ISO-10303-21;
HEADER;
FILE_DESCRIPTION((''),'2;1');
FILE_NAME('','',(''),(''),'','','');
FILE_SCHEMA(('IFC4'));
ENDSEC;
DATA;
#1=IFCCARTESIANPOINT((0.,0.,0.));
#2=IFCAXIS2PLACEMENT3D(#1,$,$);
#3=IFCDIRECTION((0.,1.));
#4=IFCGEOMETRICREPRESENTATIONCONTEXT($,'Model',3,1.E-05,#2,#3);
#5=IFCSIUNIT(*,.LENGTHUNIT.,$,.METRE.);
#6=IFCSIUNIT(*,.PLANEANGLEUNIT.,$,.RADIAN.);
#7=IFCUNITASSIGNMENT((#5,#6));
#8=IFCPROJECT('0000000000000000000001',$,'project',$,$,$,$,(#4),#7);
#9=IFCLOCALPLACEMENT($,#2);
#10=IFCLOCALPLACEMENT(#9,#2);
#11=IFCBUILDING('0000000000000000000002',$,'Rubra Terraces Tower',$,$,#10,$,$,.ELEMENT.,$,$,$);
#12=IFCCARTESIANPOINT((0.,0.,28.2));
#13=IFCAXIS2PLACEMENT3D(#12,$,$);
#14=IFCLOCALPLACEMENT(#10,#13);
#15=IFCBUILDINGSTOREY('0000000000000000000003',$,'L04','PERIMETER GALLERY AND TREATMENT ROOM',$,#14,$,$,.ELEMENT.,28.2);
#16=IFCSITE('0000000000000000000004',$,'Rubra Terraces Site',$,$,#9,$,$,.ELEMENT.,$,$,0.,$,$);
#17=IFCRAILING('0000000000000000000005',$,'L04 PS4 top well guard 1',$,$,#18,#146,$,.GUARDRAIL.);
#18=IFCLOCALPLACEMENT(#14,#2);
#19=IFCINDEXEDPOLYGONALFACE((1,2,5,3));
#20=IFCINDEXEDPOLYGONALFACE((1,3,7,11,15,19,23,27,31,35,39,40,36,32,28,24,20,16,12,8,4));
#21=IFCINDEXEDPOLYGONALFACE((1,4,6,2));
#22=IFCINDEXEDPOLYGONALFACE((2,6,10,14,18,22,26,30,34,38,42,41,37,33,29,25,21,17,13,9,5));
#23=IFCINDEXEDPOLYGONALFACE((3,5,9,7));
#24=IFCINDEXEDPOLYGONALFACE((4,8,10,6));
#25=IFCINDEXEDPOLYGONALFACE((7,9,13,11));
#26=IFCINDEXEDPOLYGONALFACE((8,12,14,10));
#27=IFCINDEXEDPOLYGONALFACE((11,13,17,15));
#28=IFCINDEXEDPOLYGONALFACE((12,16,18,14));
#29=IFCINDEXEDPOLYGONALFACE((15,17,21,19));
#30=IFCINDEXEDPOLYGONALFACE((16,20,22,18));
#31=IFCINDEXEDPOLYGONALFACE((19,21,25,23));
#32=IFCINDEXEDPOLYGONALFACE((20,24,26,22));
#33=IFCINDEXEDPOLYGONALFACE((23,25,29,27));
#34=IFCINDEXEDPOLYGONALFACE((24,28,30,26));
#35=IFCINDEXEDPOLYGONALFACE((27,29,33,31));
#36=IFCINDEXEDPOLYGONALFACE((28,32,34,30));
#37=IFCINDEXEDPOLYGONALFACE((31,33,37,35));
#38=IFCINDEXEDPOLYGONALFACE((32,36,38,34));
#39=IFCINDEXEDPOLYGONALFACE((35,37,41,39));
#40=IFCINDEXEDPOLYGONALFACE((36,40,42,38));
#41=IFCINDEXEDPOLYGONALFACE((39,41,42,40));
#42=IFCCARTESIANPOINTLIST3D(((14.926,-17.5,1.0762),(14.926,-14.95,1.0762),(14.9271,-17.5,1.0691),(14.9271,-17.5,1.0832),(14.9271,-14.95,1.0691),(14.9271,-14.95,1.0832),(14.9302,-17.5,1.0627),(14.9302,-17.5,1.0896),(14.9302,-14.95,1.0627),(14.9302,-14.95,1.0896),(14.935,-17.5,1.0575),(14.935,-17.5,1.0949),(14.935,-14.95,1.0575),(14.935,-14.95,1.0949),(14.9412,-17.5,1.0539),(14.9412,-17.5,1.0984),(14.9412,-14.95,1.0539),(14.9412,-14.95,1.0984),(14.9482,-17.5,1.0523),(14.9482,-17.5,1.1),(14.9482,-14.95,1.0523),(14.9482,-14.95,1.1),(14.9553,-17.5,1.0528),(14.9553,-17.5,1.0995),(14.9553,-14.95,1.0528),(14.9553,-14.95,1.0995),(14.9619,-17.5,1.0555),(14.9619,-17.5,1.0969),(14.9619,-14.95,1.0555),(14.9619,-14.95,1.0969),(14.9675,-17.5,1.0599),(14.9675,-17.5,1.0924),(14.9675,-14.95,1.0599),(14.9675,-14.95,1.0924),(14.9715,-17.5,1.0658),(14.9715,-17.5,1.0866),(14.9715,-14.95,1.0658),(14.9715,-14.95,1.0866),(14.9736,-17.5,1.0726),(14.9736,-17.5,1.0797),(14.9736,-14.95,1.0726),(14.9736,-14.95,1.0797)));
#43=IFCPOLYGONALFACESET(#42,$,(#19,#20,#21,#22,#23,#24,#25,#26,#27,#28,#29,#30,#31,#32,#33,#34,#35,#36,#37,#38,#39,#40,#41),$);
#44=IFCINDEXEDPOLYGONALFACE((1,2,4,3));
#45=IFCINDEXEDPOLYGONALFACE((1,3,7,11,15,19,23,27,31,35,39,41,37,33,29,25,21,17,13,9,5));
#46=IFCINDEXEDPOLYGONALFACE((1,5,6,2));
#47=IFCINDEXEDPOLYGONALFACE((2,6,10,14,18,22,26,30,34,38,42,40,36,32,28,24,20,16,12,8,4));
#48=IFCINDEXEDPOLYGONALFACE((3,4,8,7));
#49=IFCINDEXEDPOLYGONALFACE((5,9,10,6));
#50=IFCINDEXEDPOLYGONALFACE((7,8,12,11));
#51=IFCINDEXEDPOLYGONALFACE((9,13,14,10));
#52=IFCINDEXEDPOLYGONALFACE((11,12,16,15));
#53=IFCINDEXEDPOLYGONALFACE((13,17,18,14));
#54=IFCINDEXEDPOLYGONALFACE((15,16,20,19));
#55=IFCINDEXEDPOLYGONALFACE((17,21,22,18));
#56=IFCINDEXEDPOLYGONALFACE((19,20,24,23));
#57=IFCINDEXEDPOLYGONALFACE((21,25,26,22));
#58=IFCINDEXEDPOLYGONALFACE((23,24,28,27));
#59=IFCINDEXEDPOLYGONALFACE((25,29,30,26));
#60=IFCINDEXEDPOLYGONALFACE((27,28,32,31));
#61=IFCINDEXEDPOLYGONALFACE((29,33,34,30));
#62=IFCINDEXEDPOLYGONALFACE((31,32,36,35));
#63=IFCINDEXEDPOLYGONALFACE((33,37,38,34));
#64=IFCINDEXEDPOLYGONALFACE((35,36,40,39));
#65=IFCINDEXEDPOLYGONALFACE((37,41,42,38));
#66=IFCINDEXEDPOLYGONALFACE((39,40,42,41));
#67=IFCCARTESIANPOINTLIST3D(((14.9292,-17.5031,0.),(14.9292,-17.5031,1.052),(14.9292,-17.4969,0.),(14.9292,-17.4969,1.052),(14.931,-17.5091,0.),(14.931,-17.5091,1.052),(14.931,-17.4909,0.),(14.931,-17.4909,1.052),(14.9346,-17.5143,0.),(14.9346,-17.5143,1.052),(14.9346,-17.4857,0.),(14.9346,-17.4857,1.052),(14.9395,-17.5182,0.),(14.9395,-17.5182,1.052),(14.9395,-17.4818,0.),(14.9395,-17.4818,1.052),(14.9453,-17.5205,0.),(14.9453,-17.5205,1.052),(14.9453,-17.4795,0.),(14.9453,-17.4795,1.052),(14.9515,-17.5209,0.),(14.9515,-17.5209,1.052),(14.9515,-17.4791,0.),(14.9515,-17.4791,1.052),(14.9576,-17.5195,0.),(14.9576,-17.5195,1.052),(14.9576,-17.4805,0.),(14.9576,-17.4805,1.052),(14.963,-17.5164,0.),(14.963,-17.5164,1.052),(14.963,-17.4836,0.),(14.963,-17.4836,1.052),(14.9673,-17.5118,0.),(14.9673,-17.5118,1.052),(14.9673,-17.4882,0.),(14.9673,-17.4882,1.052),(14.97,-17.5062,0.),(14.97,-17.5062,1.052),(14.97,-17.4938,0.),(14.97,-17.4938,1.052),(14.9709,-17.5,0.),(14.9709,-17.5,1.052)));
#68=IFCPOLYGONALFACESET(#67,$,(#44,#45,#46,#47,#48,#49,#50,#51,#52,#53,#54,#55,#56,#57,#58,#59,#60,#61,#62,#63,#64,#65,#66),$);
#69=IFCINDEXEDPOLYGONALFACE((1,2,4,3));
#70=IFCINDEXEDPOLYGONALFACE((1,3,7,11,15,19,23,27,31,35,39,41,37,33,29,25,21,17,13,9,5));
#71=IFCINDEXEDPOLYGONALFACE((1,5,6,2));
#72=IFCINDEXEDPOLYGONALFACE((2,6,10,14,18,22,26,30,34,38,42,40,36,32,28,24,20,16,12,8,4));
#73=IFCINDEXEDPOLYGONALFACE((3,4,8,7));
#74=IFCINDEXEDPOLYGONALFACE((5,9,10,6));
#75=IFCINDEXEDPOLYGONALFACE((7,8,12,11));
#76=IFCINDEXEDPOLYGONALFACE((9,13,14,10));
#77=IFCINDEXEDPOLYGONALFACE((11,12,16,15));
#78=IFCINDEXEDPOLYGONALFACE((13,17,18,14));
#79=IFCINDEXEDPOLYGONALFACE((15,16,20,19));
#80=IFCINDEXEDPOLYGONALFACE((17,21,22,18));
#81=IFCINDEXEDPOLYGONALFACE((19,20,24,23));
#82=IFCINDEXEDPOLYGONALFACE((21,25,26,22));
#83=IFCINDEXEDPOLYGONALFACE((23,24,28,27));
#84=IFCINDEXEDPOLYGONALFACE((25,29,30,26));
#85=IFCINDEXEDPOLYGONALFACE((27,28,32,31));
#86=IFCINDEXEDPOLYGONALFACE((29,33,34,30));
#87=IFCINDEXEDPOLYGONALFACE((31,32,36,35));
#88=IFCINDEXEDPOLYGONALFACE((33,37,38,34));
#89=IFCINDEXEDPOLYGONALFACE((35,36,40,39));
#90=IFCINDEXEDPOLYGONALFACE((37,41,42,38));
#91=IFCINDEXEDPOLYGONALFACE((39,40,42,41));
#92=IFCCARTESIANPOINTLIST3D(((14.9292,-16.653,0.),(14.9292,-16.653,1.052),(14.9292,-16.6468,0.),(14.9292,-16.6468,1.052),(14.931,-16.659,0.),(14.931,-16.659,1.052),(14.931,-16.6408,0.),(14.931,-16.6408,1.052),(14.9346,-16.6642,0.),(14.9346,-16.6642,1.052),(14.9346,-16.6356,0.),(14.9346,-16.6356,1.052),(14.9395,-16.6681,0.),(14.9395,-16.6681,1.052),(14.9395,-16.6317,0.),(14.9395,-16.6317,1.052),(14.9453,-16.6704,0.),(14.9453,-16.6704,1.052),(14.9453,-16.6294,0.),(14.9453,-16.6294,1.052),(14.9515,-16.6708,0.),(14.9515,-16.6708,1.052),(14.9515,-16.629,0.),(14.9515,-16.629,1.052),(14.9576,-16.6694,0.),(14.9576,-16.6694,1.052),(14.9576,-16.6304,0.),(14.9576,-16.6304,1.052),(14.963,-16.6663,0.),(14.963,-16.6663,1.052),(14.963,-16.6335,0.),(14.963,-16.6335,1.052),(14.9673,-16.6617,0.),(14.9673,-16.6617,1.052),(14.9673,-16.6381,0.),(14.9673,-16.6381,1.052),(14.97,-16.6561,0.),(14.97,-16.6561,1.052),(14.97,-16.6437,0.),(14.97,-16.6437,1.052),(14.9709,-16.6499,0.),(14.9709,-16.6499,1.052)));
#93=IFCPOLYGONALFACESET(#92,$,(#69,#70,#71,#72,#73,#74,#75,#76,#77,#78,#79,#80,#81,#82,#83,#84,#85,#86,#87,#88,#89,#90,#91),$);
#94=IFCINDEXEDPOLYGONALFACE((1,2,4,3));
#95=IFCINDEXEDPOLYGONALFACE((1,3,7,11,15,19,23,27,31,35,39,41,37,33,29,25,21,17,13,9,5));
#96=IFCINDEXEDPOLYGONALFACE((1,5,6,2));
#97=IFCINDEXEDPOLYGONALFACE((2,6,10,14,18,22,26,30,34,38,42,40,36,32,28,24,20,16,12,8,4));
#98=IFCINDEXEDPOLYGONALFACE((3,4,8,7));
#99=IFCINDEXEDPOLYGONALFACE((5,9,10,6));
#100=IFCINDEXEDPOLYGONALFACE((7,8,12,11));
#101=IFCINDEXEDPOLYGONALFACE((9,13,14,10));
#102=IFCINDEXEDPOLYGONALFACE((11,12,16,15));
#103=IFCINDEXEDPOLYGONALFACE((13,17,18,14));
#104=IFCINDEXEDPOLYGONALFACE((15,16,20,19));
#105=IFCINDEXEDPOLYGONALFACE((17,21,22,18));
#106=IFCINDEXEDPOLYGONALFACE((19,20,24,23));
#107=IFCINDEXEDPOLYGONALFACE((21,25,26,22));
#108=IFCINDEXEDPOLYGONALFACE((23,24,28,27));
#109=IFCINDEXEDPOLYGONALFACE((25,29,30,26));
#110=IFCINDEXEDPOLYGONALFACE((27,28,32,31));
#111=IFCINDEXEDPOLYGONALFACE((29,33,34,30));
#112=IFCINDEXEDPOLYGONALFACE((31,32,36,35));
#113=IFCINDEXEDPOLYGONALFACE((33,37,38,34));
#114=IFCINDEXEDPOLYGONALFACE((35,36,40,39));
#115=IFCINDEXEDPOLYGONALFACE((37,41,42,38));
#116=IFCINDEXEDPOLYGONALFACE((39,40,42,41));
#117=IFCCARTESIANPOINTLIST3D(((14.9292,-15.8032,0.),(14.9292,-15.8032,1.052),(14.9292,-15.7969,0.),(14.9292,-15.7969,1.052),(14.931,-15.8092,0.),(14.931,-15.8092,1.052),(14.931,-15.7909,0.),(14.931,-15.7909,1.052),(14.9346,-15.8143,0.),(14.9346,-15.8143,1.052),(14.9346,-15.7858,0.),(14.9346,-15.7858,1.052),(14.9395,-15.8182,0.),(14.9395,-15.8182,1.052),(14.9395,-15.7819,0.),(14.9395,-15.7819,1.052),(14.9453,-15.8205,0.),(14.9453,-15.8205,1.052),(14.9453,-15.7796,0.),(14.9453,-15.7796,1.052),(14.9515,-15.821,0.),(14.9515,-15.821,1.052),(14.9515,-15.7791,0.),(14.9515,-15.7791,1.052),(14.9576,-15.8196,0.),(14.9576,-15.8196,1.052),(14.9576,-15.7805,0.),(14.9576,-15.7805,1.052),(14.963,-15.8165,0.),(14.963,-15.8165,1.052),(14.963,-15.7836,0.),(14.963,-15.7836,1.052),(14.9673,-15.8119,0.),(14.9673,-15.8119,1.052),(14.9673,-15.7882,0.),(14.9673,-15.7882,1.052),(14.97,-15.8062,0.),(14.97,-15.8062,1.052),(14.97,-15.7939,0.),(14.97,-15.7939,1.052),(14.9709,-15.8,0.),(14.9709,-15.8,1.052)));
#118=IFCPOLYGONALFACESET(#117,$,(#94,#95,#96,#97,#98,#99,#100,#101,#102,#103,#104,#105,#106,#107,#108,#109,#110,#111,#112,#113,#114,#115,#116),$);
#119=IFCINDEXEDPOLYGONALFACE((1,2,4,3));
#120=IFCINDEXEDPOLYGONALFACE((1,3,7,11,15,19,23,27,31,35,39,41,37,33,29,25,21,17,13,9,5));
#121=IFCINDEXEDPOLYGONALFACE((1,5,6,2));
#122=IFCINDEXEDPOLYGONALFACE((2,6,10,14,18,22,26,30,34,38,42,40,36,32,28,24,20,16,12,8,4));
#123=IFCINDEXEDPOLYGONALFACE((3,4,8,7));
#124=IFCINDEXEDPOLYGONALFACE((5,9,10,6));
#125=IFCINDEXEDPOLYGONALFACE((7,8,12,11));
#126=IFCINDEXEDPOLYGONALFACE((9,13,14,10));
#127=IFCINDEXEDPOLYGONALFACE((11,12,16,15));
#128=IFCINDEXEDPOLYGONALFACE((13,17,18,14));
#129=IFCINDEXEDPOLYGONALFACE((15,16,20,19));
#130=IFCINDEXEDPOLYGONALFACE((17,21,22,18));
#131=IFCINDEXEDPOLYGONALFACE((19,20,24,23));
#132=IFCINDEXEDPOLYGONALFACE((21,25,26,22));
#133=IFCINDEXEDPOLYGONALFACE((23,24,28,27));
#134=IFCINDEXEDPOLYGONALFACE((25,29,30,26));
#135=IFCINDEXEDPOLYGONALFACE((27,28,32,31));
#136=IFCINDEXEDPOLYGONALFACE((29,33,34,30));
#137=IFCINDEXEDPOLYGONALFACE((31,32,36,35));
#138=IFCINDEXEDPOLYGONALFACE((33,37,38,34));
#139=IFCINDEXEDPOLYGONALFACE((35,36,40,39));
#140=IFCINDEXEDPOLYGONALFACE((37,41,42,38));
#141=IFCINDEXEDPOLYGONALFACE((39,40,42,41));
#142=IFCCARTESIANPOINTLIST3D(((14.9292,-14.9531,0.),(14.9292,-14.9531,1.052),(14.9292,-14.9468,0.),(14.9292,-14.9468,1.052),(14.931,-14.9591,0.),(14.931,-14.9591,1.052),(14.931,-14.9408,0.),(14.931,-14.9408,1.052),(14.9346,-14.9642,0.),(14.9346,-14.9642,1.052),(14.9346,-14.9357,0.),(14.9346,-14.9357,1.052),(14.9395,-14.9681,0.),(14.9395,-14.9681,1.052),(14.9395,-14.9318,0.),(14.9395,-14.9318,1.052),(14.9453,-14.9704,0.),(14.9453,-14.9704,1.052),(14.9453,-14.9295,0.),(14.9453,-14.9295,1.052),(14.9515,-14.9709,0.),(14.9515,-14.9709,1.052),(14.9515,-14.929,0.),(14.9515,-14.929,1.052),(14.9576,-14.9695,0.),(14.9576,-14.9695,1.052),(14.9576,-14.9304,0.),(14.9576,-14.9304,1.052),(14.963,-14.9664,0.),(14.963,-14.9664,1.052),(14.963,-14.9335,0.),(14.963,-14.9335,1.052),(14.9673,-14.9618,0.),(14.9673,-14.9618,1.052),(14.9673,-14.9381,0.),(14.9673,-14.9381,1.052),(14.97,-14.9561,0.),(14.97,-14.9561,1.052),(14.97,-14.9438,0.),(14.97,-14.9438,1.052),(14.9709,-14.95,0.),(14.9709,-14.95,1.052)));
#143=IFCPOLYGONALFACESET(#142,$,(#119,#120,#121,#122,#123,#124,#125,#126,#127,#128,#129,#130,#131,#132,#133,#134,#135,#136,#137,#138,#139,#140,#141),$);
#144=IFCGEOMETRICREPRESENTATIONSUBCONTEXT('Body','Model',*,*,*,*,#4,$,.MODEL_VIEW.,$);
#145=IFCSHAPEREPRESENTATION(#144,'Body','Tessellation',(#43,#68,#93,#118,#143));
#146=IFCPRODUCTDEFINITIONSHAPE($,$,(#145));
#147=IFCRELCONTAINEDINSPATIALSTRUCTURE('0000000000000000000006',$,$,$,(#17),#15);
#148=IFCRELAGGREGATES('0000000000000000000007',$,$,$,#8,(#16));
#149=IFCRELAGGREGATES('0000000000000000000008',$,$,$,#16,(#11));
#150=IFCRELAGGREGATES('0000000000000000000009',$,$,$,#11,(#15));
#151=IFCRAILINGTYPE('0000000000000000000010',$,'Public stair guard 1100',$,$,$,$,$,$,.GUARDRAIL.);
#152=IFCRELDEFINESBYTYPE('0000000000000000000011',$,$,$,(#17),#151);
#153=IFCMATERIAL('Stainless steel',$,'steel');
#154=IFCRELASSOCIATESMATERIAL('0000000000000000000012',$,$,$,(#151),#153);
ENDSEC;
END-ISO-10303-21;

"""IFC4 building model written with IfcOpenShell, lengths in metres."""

from ifc_helpers import new_model, si_unit, direction, frame, origin, origin_2d, place, context, subcontext, project, spatial, circle, extrude, material, type_object, element, save


model = new_model("IFC4")

# Units and contexts
model_context = context("Model", 3, precision=1e-05, world=origin(), true_north=direction((0.0, 1.0)))
body_context = subcontext(model_context, "Body", "Model", "MODEL_VIEW")
ifc_project = project(units=[si_unit("LENGTHUNIT", "METRE"), si_unit("PLANEANGLEUNIT", "RADIAN")], contexts=[model_context])

# Site, building, storey
site_placement = place(None, origin())
site = spatial("IfcSite", under=ifc_project, at=site_placement, Name="Rubra Terraces Site", CompositionType="ELEMENT", RefElevation=0.0)
building_placement = place(site_placement, origin())
building = spatial("IfcBuilding", under=site, at=building_placement, Name="Rubra Terraces Tower", CompositionType="ELEMENT")
storey_placement = place(building_placement, frame((0.0, 0.0, 28.2)))
storey = spatial("IfcBuildingStorey", under=building, at=storey_placement, Name="L04", Description="PERIMETER GALLERY AND TREATMENT ROOM", CompositionType="ELEMENT", Elevation=28.2)

# Railing
ifc_material_1 = material(Name="Stainless steel", Category="steel")
railing_type_1 = type_object("IfcRailingType", Name="Public stair guard 1100", PredefinedType="GUARDRAIL", material=ifc_material_1)
railing_1_placement = place(storey_placement, frame((14.95, -17.5, 0.0)))
element("IfcRailing", 1, at=railing_1_placement, inside=storey, type_object=railing_type_1, Name="L04 PS4 top well guard 1", PredefinedType="GUARDRAIL", context=body_context, shape_type="SweptSolid", body=[
    extrude(circle(Radius=0.0239, at=origin_2d()), frame((0.0, 0.0, 1.0762), z_axis=(0.0, 1.0, 0.0), x_axis=(-1.0, 0.0, 0.0)), (0.0, 0.0, 1.0), 2.55),
    extrude(circle(Radius=0.021, at=origin_2d()), origin(), (0.0, 0.0, 1.0), 1.052),
    extrude(circle(Radius=0.021, at=origin_2d()), frame((0.0, 0.8501, 0.0)), (0.0, 0.0, 1.0), 1.052),
    extrude(circle(Radius=0.021, at=origin_2d()), frame((0.0, 1.7, 0.0)), (0.0, 0.0, 1.0), 1.052),
    extrude(circle(Radius=0.021, at=origin_2d()), frame((0.0, 2.55, 0.0)), (0.0, 0.0, 1.0), 1.052),
])

save(model, "model.ifc")
